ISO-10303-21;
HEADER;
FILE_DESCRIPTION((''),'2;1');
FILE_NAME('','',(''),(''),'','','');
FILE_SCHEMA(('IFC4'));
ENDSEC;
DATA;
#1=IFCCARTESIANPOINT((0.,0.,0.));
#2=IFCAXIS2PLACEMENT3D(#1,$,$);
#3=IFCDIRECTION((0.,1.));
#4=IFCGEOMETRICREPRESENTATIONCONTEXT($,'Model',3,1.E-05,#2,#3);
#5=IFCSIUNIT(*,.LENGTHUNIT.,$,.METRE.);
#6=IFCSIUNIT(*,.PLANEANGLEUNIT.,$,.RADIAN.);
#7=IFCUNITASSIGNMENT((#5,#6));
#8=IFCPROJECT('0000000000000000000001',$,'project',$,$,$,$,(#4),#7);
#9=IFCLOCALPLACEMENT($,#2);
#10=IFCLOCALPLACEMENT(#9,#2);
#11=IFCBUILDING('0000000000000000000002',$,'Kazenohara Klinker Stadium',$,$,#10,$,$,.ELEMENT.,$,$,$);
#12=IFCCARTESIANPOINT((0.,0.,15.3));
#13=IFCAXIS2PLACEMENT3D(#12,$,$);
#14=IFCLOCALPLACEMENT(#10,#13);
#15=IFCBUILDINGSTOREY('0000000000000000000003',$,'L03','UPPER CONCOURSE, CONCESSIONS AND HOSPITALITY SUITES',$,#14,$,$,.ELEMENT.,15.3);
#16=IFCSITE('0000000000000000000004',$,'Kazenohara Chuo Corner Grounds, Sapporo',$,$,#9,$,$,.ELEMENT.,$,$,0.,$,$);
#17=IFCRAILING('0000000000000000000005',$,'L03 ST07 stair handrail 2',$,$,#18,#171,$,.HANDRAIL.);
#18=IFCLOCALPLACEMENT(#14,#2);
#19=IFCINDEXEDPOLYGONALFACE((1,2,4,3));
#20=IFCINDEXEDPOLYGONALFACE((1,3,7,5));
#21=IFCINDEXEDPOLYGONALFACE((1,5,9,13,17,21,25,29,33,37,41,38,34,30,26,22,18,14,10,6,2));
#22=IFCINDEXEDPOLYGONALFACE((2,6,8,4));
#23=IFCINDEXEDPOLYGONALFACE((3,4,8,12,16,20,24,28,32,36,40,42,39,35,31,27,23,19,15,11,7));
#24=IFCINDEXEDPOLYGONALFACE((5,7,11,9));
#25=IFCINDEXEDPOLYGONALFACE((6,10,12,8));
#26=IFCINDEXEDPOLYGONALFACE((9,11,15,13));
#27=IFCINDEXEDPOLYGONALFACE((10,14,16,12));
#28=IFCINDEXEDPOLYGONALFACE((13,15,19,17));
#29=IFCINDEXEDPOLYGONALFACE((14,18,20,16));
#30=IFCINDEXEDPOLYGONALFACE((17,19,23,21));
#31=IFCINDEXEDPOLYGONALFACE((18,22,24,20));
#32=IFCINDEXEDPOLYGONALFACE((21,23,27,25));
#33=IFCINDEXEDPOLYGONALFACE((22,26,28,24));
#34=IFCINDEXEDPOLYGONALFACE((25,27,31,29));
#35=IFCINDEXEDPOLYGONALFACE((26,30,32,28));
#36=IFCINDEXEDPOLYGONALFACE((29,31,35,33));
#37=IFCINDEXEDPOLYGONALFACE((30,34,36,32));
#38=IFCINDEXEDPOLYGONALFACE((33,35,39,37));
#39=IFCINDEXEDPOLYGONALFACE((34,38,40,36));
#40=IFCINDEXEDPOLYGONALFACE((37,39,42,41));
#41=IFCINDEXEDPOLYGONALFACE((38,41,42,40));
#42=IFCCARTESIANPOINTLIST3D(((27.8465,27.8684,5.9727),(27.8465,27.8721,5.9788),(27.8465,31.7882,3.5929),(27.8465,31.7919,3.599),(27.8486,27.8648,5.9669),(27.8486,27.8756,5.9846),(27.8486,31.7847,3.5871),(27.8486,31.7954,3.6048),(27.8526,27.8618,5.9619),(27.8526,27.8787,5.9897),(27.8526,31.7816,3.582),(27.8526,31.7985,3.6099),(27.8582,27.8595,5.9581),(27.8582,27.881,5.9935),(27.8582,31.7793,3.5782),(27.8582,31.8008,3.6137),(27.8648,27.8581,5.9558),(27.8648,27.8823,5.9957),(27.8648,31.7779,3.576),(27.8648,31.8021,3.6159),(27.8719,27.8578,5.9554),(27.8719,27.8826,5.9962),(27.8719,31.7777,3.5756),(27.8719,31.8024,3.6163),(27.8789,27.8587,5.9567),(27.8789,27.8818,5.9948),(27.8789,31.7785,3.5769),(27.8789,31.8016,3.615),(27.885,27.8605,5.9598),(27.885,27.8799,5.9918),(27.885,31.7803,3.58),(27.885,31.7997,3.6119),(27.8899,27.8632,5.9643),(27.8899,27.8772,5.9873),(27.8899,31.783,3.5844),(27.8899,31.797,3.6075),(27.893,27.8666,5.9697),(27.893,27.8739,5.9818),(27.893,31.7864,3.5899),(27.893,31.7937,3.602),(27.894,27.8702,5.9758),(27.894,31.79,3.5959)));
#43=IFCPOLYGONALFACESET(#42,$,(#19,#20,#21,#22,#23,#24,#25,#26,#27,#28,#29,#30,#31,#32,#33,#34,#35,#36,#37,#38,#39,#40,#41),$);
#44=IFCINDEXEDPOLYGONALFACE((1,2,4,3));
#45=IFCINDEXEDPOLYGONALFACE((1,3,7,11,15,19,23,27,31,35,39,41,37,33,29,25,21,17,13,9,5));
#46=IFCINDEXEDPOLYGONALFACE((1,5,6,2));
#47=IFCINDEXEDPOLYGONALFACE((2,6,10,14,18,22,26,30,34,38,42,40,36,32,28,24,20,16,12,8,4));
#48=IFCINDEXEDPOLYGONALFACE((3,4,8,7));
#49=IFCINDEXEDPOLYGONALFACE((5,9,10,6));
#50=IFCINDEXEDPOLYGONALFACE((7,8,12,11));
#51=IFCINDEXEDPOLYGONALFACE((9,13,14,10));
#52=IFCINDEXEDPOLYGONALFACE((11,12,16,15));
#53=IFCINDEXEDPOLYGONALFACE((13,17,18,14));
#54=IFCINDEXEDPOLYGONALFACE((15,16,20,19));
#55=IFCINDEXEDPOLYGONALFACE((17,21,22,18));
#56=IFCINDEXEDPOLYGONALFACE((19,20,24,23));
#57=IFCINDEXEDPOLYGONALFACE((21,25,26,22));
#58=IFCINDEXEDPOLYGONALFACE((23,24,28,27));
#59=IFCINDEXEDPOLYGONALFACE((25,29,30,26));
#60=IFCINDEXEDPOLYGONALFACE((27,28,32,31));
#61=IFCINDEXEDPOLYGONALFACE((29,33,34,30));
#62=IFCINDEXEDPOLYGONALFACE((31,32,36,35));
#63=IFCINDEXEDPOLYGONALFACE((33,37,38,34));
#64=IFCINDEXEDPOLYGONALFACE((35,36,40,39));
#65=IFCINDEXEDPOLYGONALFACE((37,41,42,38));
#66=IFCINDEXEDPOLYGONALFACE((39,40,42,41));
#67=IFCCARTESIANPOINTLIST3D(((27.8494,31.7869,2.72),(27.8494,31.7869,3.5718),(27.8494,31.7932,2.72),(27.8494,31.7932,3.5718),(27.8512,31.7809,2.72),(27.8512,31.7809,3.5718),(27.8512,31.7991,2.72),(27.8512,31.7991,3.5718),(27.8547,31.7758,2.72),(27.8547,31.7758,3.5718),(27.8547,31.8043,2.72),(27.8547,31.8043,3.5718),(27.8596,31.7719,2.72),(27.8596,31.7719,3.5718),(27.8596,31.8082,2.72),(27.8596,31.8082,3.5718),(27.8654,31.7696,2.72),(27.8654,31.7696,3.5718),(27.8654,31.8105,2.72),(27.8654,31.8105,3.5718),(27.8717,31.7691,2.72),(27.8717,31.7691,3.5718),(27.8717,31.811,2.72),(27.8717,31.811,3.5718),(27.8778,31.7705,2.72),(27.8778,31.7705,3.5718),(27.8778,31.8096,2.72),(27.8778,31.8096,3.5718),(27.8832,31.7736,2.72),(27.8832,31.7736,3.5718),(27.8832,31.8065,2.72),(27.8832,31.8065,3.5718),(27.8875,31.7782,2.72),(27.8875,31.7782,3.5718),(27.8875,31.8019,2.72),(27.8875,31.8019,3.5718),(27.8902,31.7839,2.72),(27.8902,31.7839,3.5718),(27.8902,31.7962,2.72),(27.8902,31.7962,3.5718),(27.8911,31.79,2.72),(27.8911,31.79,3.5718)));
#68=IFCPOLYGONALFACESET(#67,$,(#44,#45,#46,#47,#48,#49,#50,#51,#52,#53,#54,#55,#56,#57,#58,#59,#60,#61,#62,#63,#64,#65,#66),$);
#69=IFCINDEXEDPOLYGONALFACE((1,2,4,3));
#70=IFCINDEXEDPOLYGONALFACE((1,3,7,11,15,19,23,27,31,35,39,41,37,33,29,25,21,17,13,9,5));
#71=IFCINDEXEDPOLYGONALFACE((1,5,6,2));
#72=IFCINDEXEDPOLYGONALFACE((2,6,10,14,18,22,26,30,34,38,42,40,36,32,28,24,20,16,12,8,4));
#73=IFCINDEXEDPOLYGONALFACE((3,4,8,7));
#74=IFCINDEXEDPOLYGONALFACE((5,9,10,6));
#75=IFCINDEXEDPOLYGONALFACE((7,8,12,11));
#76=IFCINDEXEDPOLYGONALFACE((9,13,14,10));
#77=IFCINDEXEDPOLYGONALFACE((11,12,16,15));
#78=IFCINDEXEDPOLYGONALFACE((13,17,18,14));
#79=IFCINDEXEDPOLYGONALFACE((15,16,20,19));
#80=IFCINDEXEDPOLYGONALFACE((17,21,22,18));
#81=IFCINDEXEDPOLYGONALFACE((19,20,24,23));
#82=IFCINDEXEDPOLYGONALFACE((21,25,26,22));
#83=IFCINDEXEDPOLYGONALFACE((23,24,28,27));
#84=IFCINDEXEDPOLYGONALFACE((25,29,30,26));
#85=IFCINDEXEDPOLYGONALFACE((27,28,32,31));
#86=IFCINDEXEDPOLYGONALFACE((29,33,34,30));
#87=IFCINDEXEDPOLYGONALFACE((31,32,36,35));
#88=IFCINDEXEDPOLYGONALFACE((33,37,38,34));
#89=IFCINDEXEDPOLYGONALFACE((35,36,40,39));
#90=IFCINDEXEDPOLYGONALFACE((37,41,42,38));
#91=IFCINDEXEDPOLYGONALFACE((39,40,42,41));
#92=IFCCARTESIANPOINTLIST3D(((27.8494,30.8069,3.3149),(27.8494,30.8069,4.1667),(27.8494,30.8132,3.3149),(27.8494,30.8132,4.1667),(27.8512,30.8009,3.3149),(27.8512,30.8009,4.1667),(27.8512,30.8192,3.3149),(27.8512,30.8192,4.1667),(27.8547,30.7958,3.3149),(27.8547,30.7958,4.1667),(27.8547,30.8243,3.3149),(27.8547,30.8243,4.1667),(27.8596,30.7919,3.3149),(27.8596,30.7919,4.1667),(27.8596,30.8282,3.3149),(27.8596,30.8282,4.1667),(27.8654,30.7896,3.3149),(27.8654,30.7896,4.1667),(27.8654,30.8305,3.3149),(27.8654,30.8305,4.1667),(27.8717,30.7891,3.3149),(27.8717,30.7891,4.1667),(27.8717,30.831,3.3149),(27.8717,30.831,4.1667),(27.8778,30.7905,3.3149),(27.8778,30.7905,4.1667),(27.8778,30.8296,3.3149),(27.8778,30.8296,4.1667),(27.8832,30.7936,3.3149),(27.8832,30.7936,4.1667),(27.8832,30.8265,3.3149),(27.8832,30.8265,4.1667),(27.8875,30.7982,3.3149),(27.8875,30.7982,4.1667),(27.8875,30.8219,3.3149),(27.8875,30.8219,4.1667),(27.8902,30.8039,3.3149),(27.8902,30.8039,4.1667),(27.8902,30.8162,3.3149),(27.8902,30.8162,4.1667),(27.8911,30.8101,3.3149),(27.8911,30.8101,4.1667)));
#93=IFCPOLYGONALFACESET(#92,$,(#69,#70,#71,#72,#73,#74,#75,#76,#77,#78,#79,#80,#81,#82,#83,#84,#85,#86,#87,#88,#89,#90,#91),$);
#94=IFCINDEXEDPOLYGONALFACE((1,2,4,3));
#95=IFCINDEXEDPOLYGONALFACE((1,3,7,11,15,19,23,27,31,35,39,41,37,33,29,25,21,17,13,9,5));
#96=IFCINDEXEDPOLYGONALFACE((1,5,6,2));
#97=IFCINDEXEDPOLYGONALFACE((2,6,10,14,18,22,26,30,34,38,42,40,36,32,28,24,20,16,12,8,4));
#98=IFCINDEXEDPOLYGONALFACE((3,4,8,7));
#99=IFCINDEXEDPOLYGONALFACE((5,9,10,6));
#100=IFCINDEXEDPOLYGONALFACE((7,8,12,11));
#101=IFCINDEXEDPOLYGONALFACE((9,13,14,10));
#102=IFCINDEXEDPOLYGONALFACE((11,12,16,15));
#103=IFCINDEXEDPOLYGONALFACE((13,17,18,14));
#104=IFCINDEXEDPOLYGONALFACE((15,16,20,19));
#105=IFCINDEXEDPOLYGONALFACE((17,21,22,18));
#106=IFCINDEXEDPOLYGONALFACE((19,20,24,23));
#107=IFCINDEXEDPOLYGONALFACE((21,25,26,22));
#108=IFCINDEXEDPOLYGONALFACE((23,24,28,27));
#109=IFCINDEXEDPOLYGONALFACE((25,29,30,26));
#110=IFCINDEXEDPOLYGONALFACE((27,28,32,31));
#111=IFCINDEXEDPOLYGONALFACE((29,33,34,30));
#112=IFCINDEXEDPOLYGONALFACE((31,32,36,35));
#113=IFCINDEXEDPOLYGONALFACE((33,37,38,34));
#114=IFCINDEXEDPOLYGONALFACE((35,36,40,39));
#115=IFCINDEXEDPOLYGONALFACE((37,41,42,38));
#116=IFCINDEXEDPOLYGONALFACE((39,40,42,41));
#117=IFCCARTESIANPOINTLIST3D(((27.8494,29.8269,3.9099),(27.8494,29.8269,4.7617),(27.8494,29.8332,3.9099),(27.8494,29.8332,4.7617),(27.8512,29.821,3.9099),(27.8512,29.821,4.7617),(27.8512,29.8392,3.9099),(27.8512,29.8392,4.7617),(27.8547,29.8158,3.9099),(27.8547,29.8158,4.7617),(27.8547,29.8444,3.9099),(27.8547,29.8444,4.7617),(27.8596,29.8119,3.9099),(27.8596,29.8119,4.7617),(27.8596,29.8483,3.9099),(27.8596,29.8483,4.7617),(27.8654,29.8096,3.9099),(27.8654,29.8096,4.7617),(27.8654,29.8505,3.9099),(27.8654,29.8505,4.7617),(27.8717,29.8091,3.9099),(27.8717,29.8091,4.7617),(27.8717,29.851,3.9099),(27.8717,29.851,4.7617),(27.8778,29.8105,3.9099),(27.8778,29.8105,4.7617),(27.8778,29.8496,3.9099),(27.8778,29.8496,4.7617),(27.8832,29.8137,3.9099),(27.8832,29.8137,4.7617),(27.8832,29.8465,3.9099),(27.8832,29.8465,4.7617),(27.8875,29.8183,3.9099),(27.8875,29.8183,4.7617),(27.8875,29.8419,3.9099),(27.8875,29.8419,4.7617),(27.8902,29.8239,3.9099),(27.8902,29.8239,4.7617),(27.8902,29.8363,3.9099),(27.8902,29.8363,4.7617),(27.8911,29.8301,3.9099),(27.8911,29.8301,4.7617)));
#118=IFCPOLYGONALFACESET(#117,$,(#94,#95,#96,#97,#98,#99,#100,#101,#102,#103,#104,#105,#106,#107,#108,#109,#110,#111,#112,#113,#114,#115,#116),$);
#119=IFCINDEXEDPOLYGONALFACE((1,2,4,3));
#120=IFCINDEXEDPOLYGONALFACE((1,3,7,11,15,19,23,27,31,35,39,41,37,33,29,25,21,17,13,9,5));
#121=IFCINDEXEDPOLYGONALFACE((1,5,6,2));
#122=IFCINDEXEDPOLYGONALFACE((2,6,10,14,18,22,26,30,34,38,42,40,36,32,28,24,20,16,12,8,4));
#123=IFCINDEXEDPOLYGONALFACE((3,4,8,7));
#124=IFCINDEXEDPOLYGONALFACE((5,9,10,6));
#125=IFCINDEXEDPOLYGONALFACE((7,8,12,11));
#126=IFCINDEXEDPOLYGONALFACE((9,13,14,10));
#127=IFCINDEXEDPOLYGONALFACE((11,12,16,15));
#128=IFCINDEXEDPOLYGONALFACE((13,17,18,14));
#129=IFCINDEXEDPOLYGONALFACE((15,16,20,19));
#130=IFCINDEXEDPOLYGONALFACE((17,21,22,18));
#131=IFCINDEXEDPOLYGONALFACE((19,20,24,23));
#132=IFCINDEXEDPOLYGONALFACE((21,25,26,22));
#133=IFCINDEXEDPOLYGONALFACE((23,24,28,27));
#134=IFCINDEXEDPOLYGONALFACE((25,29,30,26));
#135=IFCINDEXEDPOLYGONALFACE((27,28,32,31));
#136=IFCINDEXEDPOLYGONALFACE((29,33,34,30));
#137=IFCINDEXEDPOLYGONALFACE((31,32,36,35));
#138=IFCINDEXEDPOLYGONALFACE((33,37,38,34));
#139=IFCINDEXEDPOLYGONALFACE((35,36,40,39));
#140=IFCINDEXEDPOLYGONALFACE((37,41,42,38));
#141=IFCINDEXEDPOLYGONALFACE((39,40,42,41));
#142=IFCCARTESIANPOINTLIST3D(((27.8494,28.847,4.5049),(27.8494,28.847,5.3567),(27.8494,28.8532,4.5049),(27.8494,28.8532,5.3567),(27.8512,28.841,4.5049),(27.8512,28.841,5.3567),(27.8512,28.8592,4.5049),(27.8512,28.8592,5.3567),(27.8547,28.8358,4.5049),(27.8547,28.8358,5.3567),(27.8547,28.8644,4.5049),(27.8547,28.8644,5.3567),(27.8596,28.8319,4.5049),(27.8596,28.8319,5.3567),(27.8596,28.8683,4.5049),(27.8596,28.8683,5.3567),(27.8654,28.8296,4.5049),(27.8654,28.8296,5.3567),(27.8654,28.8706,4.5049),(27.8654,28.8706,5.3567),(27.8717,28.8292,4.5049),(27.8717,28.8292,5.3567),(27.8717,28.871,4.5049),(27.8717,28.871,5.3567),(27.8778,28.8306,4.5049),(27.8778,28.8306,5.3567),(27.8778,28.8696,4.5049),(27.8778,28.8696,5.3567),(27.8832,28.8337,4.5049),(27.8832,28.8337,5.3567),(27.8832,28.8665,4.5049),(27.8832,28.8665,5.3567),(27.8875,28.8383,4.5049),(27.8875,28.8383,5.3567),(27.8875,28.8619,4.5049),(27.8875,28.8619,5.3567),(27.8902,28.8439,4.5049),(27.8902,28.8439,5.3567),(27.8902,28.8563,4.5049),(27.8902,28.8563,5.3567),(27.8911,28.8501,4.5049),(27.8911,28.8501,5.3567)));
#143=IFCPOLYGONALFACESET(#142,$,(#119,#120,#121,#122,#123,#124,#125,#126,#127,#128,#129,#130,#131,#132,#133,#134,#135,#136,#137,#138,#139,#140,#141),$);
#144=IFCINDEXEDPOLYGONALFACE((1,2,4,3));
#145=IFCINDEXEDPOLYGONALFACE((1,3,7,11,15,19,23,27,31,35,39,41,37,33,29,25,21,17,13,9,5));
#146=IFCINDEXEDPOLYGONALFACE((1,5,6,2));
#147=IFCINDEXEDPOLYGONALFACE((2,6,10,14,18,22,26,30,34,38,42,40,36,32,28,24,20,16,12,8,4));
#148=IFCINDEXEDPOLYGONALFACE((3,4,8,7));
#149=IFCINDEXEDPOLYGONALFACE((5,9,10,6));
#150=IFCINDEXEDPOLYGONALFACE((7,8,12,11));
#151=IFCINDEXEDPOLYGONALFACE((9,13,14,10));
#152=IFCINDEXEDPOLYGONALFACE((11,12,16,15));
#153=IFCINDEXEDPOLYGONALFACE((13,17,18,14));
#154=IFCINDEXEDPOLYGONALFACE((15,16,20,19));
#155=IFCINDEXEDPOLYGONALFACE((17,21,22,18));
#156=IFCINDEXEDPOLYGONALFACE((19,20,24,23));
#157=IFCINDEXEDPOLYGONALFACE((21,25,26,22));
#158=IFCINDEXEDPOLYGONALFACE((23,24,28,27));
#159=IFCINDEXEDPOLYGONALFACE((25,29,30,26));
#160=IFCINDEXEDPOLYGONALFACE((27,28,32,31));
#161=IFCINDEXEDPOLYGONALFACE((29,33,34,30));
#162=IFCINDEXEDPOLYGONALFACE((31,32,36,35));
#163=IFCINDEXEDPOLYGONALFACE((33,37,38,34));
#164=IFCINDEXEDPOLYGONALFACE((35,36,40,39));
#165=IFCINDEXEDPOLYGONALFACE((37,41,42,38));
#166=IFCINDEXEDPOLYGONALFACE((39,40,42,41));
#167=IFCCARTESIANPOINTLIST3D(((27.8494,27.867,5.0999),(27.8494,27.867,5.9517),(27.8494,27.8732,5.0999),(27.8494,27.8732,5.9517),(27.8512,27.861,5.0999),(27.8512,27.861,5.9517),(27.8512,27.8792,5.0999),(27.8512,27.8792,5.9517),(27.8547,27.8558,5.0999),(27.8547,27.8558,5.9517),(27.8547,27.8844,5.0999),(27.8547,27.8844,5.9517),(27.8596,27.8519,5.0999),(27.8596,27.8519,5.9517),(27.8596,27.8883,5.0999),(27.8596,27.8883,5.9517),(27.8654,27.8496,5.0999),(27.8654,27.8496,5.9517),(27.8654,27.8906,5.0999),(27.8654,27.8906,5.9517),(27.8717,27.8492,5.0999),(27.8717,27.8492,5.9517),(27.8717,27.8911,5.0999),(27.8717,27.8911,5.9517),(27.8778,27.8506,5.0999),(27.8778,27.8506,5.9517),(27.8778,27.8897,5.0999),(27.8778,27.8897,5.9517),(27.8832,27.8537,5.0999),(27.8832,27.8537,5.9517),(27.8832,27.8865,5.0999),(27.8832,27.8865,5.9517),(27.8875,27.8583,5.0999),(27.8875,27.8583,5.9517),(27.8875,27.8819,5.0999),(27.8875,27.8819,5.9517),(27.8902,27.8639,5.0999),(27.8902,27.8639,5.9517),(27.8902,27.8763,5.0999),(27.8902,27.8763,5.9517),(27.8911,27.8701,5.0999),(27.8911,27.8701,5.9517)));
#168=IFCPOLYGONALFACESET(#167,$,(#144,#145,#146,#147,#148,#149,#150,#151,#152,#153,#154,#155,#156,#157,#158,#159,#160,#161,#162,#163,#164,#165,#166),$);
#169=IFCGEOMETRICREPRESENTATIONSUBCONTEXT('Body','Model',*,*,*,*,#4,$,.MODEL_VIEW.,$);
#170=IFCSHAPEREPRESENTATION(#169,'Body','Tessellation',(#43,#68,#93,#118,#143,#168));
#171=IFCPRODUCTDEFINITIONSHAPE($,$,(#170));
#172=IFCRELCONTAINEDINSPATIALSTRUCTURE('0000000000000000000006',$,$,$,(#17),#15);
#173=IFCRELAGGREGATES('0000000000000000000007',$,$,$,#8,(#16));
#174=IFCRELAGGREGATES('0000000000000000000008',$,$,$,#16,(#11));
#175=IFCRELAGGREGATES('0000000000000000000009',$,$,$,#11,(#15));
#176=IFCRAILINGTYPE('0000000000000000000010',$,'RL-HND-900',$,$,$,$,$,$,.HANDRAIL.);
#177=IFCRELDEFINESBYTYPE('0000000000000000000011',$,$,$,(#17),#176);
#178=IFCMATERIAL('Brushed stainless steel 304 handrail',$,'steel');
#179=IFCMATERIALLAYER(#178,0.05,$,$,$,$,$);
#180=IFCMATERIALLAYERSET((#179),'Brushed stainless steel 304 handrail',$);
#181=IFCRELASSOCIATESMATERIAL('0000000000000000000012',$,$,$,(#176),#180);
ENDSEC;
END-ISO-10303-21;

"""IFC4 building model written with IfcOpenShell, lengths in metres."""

from ifc_helpers import new_model, si_unit, direction, frame, origin, origin_2d, place, context, subcontext, project, spatial, circle, extrude, material, layer, layer_set, type_object, element, save


model = new_model("IFC4")

# Units and contexts
model_context = context("Model", 3, precision=1e-05, world=origin(), true_north=direction((0.0, 1.0)))
body_context = subcontext(model_context, "Body", "Model", "MODEL_VIEW")
ifc_project = project(units=[si_unit("LENGTHUNIT", "METRE"), si_unit("PLANEANGLEUNIT", "RADIAN")], contexts=[model_context])

# Site, building, storey
site_placement = place(None, origin())
site = spatial("IfcSite", under=ifc_project, at=site_placement, Name="Kazenohara Chuo Corner Grounds, Sapporo", CompositionType="ELEMENT", RefElevation=0.0)
building_placement = place(site_placement, origin())
building = spatial("IfcBuilding", under=site, at=building_placement, Name="Kazenohara Klinker Stadium", CompositionType="ELEMENT")
storey_placement = place(building_placement, frame((0.0, 0.0, 15.3)))
storey = spatial("IfcBuildingStorey", under=building, at=storey_placement, Name="L03", Description="UPPER CONCOURSE, CONCESSIONS AND HOSPITALITY SUITES", CompositionType="ELEMENT", Elevation=15.3)

# Railing
ifc_material_1 = material(Name="Brushed stainless steel 304 handrail", Category="steel")
ifc_layer_1 = layer(ifc_material_1, 0.05)
ifc_layer_set_1 = layer_set([ifc_layer_1], Name="Brushed stainless steel 304 handrail")
railing_type_1 = type_object("IfcRailingType", Name="RL-HND-900", PredefinedType="HANDRAIL", material=ifc_layer_set_1)
railing_1_placement = place(storey_placement, frame((27.8701, 31.79, 2.72)))
element("IfcRailing", 1, at=railing_1_placement, inside=storey, type_object=railing_type_1, Name="L03 ST07 stair handrail 2", PredefinedType="HANDRAIL", context=body_context, shape_type="SweptSolid", body=[
    extrude(circle(Radius=0.0239, at=origin_2d()), frame((0.0, 0.0, 0.876), z_axis=(0.0, -0.854794, 0.518967), x_axis=(1.0, 0.0, 0.0)), (0.0, 0.0, 1.0), 4.5857),
    extrude(circle(Radius=0.021, at=origin_2d()), origin(), (0.0, 0.0, 1.0), 0.8518),
    extrude(circle(Radius=0.021, at=origin_2d()), frame((0.0, -0.98, 0.595)), (0.0, 0.0, 1.0), 0.8518),
    extrude(circle(Radius=0.021, at=origin_2d()), frame((0.0, -1.96, 1.1899)), (0.0, 0.0, 1.0), 0.8518),
    extrude(circle(Radius=0.021, at=origin_2d()), frame((0.0, -2.9399, 1.7849)), (0.0, 0.0, 1.0), 0.8518),
    extrude(circle(Radius=0.021, at=origin_2d()), frame((0.0, -3.9199, 2.3799)), (0.0, 0.0, 1.0), 0.8518),
])

save(model, "model.ifc")
